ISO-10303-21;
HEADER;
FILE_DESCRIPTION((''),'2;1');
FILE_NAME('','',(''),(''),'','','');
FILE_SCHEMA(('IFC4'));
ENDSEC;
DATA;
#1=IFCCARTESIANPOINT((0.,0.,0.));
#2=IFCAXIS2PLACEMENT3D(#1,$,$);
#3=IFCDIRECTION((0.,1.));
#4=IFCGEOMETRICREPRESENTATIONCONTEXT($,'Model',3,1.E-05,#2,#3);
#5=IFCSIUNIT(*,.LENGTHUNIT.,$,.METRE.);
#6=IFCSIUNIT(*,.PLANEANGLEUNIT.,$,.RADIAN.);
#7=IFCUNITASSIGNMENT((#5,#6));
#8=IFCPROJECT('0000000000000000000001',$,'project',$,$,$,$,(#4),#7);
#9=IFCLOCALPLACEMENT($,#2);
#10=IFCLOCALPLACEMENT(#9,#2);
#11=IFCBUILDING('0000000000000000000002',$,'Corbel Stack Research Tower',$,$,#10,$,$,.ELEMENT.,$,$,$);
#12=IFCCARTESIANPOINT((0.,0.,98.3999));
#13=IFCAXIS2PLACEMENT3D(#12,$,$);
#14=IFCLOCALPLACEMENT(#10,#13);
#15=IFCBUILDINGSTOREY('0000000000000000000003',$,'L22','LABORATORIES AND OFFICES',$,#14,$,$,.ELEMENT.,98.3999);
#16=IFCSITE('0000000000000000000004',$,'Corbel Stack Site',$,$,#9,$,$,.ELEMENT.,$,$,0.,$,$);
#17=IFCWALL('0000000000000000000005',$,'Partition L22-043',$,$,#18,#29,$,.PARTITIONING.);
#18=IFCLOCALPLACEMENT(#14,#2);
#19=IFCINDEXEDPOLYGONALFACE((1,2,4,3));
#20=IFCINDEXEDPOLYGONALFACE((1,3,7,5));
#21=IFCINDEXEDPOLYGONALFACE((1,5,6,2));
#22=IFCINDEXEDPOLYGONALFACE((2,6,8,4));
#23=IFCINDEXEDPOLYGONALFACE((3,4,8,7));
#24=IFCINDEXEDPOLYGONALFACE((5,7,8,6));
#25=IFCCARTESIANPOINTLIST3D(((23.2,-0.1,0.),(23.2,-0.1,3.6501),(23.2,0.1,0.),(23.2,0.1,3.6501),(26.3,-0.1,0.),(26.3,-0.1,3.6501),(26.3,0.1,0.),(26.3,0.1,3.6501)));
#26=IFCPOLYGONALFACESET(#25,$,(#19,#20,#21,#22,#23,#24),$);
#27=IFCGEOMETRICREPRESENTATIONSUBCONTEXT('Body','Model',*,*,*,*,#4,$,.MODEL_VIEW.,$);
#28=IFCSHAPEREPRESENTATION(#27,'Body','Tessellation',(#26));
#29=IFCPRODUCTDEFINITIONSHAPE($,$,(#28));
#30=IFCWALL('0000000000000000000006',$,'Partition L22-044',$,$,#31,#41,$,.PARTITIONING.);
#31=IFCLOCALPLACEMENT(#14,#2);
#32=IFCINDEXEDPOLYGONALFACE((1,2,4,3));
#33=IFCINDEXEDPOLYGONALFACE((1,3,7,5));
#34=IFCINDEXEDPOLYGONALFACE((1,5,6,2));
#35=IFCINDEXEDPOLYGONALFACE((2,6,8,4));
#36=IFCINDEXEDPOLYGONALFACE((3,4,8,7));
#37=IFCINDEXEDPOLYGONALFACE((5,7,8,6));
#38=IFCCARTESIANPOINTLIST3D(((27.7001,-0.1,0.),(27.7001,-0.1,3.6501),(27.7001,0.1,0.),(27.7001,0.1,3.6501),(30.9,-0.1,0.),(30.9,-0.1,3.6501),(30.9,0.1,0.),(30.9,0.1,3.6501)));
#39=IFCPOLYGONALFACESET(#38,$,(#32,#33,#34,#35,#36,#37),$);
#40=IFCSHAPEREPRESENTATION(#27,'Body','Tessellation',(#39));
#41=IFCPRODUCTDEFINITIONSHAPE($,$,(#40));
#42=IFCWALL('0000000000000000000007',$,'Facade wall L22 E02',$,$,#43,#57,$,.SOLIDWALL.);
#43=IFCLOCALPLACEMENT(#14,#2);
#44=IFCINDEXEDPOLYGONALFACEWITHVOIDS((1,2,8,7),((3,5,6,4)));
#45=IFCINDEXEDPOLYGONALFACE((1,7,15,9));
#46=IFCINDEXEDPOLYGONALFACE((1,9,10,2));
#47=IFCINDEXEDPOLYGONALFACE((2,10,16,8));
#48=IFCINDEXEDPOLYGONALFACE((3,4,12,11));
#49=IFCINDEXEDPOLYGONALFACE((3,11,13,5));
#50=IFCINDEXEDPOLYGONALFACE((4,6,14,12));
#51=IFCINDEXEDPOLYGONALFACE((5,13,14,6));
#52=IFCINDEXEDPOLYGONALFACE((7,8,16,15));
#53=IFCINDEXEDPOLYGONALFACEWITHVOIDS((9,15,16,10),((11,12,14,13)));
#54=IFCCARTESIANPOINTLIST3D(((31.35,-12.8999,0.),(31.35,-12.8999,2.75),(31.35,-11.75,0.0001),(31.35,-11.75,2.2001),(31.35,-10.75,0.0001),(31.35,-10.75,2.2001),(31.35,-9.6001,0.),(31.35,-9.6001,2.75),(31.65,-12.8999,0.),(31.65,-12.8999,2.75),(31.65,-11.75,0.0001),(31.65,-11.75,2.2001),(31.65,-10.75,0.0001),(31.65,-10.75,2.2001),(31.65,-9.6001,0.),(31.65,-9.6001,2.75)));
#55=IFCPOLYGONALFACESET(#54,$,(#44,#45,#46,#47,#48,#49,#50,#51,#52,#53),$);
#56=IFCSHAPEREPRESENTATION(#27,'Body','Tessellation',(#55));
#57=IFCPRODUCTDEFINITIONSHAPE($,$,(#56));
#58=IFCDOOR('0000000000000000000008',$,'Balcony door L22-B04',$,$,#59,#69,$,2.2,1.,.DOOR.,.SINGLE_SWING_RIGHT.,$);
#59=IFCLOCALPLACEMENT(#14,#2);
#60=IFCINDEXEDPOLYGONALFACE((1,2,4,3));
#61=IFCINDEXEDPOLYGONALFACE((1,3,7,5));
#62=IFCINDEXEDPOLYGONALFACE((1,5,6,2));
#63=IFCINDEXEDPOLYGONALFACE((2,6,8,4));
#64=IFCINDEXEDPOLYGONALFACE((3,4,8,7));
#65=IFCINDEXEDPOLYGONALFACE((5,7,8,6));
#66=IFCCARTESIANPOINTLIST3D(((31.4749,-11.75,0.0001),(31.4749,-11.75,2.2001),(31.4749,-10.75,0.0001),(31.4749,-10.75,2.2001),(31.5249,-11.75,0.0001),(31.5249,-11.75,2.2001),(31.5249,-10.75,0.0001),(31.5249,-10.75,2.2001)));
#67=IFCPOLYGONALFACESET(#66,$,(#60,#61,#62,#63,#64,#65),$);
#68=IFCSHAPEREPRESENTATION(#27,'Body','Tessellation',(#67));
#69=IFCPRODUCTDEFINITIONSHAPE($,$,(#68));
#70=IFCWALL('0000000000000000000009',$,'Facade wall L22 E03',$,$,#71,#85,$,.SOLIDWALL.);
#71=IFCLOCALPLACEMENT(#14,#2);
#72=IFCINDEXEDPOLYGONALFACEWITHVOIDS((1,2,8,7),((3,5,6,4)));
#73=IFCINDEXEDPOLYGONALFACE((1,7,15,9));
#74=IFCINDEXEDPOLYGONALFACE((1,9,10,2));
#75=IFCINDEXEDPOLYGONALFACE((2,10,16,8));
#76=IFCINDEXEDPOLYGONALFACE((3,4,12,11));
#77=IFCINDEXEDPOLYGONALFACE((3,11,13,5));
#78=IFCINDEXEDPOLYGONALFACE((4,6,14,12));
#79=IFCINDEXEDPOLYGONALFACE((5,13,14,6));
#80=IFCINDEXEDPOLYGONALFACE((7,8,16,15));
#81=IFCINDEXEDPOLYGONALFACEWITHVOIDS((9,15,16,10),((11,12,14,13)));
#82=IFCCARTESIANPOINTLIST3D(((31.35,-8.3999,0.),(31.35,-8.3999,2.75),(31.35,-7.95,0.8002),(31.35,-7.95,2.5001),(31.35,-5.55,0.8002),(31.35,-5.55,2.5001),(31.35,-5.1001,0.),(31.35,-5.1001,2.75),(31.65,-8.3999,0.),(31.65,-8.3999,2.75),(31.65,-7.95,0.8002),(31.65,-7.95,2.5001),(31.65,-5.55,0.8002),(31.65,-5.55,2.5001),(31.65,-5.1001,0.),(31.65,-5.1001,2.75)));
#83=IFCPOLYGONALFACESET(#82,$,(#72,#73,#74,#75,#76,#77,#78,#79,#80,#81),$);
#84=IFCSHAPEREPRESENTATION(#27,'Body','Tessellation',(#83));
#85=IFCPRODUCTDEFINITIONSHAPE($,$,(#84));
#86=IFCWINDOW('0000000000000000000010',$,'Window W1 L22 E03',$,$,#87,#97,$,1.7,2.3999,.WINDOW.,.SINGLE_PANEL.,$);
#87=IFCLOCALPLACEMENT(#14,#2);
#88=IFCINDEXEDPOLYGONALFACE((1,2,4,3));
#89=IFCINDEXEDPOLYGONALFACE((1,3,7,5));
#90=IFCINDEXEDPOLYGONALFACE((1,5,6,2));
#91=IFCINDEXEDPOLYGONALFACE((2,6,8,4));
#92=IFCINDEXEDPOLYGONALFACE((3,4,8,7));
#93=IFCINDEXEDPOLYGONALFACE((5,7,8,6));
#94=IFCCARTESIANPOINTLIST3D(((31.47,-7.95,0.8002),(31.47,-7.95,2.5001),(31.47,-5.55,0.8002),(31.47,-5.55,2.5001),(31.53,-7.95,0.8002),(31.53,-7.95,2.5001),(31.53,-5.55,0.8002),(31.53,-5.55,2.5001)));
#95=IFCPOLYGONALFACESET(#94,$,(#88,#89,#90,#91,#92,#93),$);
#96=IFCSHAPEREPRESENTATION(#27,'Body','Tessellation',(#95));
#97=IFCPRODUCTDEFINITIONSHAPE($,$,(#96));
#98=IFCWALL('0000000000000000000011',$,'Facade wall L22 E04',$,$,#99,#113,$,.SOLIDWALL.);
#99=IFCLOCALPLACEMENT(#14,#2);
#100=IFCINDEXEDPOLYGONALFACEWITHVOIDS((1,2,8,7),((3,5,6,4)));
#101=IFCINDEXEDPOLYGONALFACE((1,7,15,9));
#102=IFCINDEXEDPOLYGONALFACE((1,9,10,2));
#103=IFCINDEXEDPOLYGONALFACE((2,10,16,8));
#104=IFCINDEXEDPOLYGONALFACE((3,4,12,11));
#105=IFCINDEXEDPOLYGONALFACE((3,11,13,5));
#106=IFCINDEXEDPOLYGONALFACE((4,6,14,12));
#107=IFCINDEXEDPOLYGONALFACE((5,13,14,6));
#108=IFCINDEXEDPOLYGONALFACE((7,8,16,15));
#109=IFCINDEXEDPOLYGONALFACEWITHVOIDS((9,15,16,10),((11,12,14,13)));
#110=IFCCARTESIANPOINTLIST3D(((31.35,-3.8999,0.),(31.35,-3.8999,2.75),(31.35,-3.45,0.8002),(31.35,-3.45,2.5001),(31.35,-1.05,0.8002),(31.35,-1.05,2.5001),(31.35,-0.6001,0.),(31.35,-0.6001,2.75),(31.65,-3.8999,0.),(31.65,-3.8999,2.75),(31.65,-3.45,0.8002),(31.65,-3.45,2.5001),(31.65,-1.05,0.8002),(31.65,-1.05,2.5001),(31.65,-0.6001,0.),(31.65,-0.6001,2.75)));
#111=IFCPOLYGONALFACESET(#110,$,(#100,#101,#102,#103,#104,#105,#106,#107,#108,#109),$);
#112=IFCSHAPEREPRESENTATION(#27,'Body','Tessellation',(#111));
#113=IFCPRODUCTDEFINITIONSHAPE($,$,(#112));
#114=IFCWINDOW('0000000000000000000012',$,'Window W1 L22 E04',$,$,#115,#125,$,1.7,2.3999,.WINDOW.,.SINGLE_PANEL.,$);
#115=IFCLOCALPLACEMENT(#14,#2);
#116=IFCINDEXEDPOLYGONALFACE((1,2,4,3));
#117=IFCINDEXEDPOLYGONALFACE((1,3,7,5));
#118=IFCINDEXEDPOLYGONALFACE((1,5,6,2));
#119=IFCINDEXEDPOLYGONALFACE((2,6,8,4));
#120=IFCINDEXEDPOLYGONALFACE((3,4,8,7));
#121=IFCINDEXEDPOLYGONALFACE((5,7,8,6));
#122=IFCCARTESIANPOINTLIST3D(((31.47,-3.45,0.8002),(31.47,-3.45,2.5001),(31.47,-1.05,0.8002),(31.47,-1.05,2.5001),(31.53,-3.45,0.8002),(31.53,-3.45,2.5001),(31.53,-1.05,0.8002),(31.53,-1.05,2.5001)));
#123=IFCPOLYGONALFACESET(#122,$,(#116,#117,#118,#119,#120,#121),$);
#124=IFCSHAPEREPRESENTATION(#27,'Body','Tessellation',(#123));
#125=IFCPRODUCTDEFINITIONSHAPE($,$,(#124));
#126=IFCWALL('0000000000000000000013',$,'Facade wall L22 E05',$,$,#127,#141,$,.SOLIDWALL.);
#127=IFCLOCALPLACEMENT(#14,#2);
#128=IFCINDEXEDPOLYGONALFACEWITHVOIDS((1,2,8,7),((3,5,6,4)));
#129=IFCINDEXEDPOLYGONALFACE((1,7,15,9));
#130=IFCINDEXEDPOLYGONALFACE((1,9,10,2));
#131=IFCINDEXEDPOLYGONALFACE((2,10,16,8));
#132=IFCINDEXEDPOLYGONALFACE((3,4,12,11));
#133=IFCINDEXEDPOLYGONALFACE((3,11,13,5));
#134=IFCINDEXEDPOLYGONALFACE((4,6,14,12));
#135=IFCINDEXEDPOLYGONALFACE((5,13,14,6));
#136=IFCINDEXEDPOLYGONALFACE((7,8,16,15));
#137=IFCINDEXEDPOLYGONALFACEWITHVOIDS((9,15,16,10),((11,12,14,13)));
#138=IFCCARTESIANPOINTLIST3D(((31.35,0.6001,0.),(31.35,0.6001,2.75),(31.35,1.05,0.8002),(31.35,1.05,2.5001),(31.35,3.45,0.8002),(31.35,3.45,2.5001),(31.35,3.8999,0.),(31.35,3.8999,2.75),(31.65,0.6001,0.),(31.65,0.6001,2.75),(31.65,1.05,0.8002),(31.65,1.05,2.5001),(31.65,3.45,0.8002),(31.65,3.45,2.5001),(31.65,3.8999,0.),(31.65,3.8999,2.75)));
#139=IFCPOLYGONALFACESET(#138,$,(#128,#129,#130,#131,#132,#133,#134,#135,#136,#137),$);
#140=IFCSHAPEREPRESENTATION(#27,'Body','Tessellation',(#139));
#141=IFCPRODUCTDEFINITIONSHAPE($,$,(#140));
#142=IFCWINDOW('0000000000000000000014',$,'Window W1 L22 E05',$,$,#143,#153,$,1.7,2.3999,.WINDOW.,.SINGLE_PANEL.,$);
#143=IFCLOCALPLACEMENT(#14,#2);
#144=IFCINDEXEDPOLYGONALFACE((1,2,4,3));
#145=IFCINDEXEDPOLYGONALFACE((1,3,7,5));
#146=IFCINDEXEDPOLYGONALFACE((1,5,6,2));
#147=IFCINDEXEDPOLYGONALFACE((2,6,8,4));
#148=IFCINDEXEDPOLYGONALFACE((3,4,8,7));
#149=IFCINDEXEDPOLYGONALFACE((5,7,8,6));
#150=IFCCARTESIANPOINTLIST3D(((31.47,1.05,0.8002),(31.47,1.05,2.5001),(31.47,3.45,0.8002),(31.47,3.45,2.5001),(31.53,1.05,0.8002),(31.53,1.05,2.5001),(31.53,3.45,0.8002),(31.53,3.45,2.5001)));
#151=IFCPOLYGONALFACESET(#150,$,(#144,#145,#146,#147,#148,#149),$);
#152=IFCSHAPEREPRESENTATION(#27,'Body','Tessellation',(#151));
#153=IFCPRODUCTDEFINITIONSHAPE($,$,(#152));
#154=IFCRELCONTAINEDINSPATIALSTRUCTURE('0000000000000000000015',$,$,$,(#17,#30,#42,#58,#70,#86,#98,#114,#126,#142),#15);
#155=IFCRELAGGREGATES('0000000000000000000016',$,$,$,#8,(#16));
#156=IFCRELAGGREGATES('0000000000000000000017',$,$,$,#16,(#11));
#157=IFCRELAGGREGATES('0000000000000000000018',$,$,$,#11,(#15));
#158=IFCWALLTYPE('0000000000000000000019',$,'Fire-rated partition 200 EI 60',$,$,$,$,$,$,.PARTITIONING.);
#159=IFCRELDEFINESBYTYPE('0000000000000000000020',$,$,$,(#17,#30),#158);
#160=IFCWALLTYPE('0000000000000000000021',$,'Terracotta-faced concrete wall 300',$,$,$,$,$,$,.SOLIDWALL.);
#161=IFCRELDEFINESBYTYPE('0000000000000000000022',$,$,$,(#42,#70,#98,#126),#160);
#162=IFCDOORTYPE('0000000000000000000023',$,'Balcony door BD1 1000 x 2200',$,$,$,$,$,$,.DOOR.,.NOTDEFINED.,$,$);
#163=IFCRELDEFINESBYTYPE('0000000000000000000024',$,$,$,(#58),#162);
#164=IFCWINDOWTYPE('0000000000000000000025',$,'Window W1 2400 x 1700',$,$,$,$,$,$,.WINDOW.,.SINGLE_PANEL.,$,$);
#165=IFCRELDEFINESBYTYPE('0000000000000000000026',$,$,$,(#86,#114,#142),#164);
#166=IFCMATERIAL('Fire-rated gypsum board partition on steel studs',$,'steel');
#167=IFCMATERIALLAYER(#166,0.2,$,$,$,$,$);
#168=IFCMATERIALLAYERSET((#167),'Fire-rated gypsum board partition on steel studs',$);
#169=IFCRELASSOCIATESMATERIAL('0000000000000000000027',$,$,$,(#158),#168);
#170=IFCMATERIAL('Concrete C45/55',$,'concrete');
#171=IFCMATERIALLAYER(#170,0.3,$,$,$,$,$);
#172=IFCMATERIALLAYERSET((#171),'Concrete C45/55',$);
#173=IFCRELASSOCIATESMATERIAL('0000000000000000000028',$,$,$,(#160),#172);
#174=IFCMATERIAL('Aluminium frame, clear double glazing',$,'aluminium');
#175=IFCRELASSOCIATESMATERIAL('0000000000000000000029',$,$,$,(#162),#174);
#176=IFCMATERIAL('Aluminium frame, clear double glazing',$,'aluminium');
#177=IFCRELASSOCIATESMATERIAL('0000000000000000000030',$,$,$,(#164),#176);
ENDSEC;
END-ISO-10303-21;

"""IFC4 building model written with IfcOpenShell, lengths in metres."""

from ifc_helpers import new_model, si_unit, direction, frame, frame_2d, origin, place, context, subcontext, project, spatial, rectangle, extrude, material, layer, layer_set, type_object, element, fill, save


model = new_model("IFC4")

# Units and contexts
model_context = context("Model", 3, precision=1e-05, world=origin(), true_north=direction((0.0, 1.0)))
body_context = subcontext(model_context, "Body", "Model", "MODEL_VIEW")
ifc_project = project(units=[si_unit("LENGTHUNIT", "METRE"), si_unit("PLANEANGLEUNIT", "RADIAN")], contexts=[model_context])

# Site, building, storey
site_placement = place(None, origin())
site = spatial("IfcSite", under=ifc_project, at=site_placement, Name="Corbel Stack Site", CompositionType="ELEMENT", RefElevation=0.0)
building_placement = place(site_placement, origin())
building = spatial("IfcBuilding", under=site, at=building_placement, Name="Corbel Stack Research Tower", CompositionType="ELEMENT")
storey_placement = place(building_placement, frame((0.0, 0.0, 98.3999)))
storey = spatial("IfcBuildingStorey", under=building, at=storey_placement, Name="L22", Description="LABORATORIES AND OFFICES", CompositionType="ELEMENT", Elevation=98.3999)

# Walls
ifc_material_1 = material(Name="Fire-rated gypsum board partition on steel studs", Category="steel")
ifc_layer_1 = layer(ifc_material_1, 0.2)
ifc_layer_set_1 = layer_set([ifc_layer_1], Name="Fire-rated gypsum board partition on steel studs")
wall_type_1 = type_object("IfcWallType", Name="Fire-rated partition 200 EI 60", PredefinedType="PARTITIONING", material=ifc_layer_set_1)
wall_1_placement = place(storey_placement, frame((23.2, 0.0, 0.0), z_axis=(0.0, 0.0, 1.0), x_axis=(1.0, 0.0, 0.0)))
element("IfcWall", 1, at=wall_1_placement, inside=storey, type_object=wall_type_1, Name="Partition L22-043", PredefinedType="PARTITIONING", context=body_context, shape_type="SweptSolid", body=[
    extrude(rectangle(XDim=3.1001, YDim=0.2, at=frame_2d((1.55, 0.0))), origin(), (0.0, 0.0, 1.0), 3.6501),
])
wall_2_placement = place(storey_placement, frame((27.7, 0.0, 0.0), z_axis=(0.0, 0.0, 1.0), x_axis=(1.0, 0.0, 0.0)))
element("IfcWall", 2, at=wall_2_placement, inside=storey, type_object=wall_type_1, Name="Partition L22-044", PredefinedType="PARTITIONING", context=body_context, shape_type="SweptSolid", body=[
    extrude(rectangle(XDim=3.2, YDim=0.2, at=frame_2d((1.6001, 0.0))), origin(), (0.0, 0.0, 1.0), 3.6501),
])

# Wall, opening, door
ifc_material_2 = material(Name="Concrete C45/55", Category="concrete")
ifc_layer_2 = layer(ifc_material_2, 0.3)
ifc_layer_set_2 = layer_set([ifc_layer_2], Name="Concrete C45/55")
wall_type_2 = type_object("IfcWallType", Name="Terracotta-faced concrete wall 300", PredefinedType="SOLIDWALL", material=ifc_layer_set_2)
wall_3_placement = place(storey_placement, frame((31.5, -9.6001, 0.0), z_axis=(0.0, 0.0, 1.0), x_axis=(0.0, -1.0, 0.0)))
wall_3 = element("IfcWall", 3, at=wall_3_placement, inside=storey, type_object=wall_type_2, Name="Facade wall L22 E02", PredefinedType="SOLIDWALL", context=body_context, shape_type="SweptSolid", body=[
    extrude(rectangle(XDim=3.2998, YDim=0.3, at=frame_2d((1.6499, 0.0))), origin(), (0.0, 0.0, 1.0), 2.75),
])
opening_1_placement = place(wall_3_placement, frame((1.1499, 0.0, 0.0)))
opening_1 = element("IfcOpeningElement", 4, at=opening_1_placement, cuts=wall_3, PredefinedType="OPENING", context=body_context, shape_type="SweptSolid", body=[
    extrude(rectangle(XDim=1.0, YDim=2.2, at=frame_2d((0.5, 1.1001))), frame((0.0, 0.1599, 0.0), z_axis=(0.0, -1.0, 0.0), x_axis=(1.0, 0.0, 0.0)), (0.0, 0.0, 1.0), 0.3201),
])
ifc_material_3 = material(Name="Aluminium frame, clear double glazing", Category="aluminium")
door_type = type_object("IfcDoorType", Name="Balcony door BD1 1000 x 2200", OperationType="NOTDEFINED", PredefinedType="DOOR", material=ifc_material_3)
door_placement = place(opening_1_placement, origin())
door = element("IfcDoor", 5, at=door_placement, inside=storey, type_object=door_type, Name="Balcony door L22-B04", OperationType="SINGLE_SWING_RIGHT", OverallHeight=2.2, OverallWidth=1.0, PredefinedType="DOOR", context=body_context, shape_type="SweptSolid", body=[
    extrude(rectangle(XDim=1.0, YDim=2.2, at=frame_2d((0.5, 1.1001))), frame((0.0, 0.0249, 0.0), z_axis=(0.0, -1.0, 0.0), x_axis=(1.0, 0.0, 0.0)), (0.0, 0.0, 1.0), 0.05),
])
fill(opening_1, door)

# Walls, openings, windows
wall_4_placement = place(storey_placement, frame((31.5, -5.1001, 0.0), z_axis=(0.0, 0.0, 1.0), x_axis=(0.0, -1.0, 0.0)))
wall_4 = element("IfcWall", 6, at=wall_4_placement, inside=storey, type_object=wall_type_2, Name="Facade wall L22 E03", PredefinedType="SOLIDWALL", context=body_context, shape_type="SweptSolid", body=[
    extrude(rectangle(XDim=3.2998, YDim=0.3, at=frame_2d((1.6499, 0.0))), origin(), (0.0, 0.0, 1.0), 2.75),
])
opening_2_placement = place(wall_4_placement, frame((0.45, 0.0, 0.8)))
opening_2 = element("IfcOpeningElement", 7, at=opening_2_placement, cuts=wall_4, PredefinedType="OPENING", context=body_context, shape_type="SweptSolid", body=[
    extrude(rectangle(XDim=2.3999, YDim=1.7, at=frame_2d((1.2, 0.8501))), frame((0.0, 0.1599, 0.0), z_axis=(0.0, -1.0, 0.0), x_axis=(1.0, 0.0, 0.0)), (0.0, 0.0, 1.0), 0.3201),
])
ifc_material_4 = material(Name="Aluminium frame, clear double glazing", Category="aluminium")
window_type = type_object("IfcWindowType", Name="Window W1 2400 x 1700", PartitioningType="SINGLE_PANEL", PredefinedType="WINDOW", material=ifc_material_4)
window_1_placement = place(opening_2_placement, origin())
window_1 = element("IfcWindow", 8, at=window_1_placement, inside=storey, type_object=window_type, Name="Window W1 L22 E03", OverallHeight=1.7, OverallWidth=2.3999, PartitioningType="SINGLE_PANEL", PredefinedType="WINDOW", context=body_context, shape_type="SweptSolid", body=[
    extrude(rectangle(XDim=2.3999, YDim=1.7, at=frame_2d((1.2, 0.8501))), frame((0.0, 0.03, 0.0), z_axis=(0.0, -1.0, 0.0), x_axis=(1.0, 0.0, 0.0)), (0.0, 0.0, 1.0), 0.0601),
])
fill(opening_2, window_1)
wall_5_placement = place(storey_placement, frame((31.5, -0.6001, 0.0), z_axis=(0.0, 0.0, 1.0), x_axis=(0.0, -1.0, 0.0)))
wall_5 = element("IfcWall", 9, at=wall_5_placement, inside=storey, type_object=wall_type_2, Name="Facade wall L22 E04", PredefinedType="SOLIDWALL", context=body_context, shape_type="SweptSolid", body=[
    extrude(rectangle(XDim=3.2998, YDim=0.3, at=frame_2d((1.6499, 0.0))), origin(), (0.0, 0.0, 1.0), 2.75),
])
opening_3_placement = place(wall_5_placement, frame((0.45, 0.0, 0.8)))
opening_3 = element("IfcOpeningElement", 10, at=opening_3_placement, cuts=wall_5, PredefinedType="OPENING", context=body_context, shape_type="SweptSolid", body=[
    extrude(rectangle(XDim=2.3999, YDim=1.7, at=frame_2d((1.2, 0.8501))), frame((0.0, 0.1599, 0.0), z_axis=(0.0, -1.0, 0.0), x_axis=(1.0, 0.0, 0.0)), (0.0, 0.0, 1.0), 0.3201),
])
window_2_placement = place(opening_3_placement, origin())
window_2 = element("IfcWindow", 11, at=window_2_placement, inside=storey, type_object=window_type, Name="Window W1 L22 E04", OverallHeight=1.7, OverallWidth=2.3999, PartitioningType="SINGLE_PANEL", PredefinedType="WINDOW", context=body_context, shape_type="SweptSolid", body=[
    extrude(rectangle(XDim=2.3999, YDim=1.7, at=frame_2d((1.2, 0.8501))), frame((0.0, 0.03, 0.0), z_axis=(0.0, -1.0, 0.0), x_axis=(1.0, 0.0, 0.0)), (0.0, 0.0, 1.0), 0.0601),
])
fill(opening_3, window_2)
wall_6_placement = place(storey_placement, frame((31.5, 3.8999, 0.0), z_axis=(0.0, 0.0, 1.0), x_axis=(0.0, -1.0, 0.0)))
wall_6 = element("IfcWall", 12, at=wall_6_placement, inside=storey, type_object=wall_type_2, Name="Facade wall L22 E05", PredefinedType="SOLIDWALL", context=body_context, shape_type="SweptSolid", body=[
    extrude(rectangle(XDim=3.2998, YDim=0.3, at=frame_2d((1.6499, 0.0))), origin(), (0.0, 0.0, 1.0), 2.75),
])
opening_4_placement = place(wall_6_placement, frame((0.45, 0.0, 0.8)))
opening_4 = element("IfcOpeningElement", 13, at=opening_4_placement, cuts=wall_6, PredefinedType="OPENING", context=body_context, shape_type="SweptSolid", body=[
    extrude(rectangle(XDim=2.3999, YDim=1.7, at=frame_2d((1.2, 0.8501))), frame((0.0, 0.1599, 0.0), z_axis=(0.0, -1.0, 0.0), x_axis=(1.0, 0.0, 0.0)), (0.0, 0.0, 1.0), 0.3201),
])
window_3_placement = place(opening_4_placement, origin())
window_3 = element("IfcWindow", 14, at=window_3_placement, inside=storey, type_object=window_type, Name="Window W1 L22 E05", OverallHeight=1.7, OverallWidth=2.3999, PartitioningType="SINGLE_PANEL", PredefinedType="WINDOW", context=body_context, shape_type="SweptSolid", body=[
    extrude(rectangle(XDim=2.3999, YDim=1.7, at=frame_2d((1.2, 0.8501))), frame((0.0, 0.03, 0.0), z_axis=(0.0, -1.0, 0.0), x_axis=(1.0, 0.0, 0.0)), (0.0, 0.0, 1.0), 0.0601),
])
fill(opening_4, window_3)

save(model, "model.ifc")
